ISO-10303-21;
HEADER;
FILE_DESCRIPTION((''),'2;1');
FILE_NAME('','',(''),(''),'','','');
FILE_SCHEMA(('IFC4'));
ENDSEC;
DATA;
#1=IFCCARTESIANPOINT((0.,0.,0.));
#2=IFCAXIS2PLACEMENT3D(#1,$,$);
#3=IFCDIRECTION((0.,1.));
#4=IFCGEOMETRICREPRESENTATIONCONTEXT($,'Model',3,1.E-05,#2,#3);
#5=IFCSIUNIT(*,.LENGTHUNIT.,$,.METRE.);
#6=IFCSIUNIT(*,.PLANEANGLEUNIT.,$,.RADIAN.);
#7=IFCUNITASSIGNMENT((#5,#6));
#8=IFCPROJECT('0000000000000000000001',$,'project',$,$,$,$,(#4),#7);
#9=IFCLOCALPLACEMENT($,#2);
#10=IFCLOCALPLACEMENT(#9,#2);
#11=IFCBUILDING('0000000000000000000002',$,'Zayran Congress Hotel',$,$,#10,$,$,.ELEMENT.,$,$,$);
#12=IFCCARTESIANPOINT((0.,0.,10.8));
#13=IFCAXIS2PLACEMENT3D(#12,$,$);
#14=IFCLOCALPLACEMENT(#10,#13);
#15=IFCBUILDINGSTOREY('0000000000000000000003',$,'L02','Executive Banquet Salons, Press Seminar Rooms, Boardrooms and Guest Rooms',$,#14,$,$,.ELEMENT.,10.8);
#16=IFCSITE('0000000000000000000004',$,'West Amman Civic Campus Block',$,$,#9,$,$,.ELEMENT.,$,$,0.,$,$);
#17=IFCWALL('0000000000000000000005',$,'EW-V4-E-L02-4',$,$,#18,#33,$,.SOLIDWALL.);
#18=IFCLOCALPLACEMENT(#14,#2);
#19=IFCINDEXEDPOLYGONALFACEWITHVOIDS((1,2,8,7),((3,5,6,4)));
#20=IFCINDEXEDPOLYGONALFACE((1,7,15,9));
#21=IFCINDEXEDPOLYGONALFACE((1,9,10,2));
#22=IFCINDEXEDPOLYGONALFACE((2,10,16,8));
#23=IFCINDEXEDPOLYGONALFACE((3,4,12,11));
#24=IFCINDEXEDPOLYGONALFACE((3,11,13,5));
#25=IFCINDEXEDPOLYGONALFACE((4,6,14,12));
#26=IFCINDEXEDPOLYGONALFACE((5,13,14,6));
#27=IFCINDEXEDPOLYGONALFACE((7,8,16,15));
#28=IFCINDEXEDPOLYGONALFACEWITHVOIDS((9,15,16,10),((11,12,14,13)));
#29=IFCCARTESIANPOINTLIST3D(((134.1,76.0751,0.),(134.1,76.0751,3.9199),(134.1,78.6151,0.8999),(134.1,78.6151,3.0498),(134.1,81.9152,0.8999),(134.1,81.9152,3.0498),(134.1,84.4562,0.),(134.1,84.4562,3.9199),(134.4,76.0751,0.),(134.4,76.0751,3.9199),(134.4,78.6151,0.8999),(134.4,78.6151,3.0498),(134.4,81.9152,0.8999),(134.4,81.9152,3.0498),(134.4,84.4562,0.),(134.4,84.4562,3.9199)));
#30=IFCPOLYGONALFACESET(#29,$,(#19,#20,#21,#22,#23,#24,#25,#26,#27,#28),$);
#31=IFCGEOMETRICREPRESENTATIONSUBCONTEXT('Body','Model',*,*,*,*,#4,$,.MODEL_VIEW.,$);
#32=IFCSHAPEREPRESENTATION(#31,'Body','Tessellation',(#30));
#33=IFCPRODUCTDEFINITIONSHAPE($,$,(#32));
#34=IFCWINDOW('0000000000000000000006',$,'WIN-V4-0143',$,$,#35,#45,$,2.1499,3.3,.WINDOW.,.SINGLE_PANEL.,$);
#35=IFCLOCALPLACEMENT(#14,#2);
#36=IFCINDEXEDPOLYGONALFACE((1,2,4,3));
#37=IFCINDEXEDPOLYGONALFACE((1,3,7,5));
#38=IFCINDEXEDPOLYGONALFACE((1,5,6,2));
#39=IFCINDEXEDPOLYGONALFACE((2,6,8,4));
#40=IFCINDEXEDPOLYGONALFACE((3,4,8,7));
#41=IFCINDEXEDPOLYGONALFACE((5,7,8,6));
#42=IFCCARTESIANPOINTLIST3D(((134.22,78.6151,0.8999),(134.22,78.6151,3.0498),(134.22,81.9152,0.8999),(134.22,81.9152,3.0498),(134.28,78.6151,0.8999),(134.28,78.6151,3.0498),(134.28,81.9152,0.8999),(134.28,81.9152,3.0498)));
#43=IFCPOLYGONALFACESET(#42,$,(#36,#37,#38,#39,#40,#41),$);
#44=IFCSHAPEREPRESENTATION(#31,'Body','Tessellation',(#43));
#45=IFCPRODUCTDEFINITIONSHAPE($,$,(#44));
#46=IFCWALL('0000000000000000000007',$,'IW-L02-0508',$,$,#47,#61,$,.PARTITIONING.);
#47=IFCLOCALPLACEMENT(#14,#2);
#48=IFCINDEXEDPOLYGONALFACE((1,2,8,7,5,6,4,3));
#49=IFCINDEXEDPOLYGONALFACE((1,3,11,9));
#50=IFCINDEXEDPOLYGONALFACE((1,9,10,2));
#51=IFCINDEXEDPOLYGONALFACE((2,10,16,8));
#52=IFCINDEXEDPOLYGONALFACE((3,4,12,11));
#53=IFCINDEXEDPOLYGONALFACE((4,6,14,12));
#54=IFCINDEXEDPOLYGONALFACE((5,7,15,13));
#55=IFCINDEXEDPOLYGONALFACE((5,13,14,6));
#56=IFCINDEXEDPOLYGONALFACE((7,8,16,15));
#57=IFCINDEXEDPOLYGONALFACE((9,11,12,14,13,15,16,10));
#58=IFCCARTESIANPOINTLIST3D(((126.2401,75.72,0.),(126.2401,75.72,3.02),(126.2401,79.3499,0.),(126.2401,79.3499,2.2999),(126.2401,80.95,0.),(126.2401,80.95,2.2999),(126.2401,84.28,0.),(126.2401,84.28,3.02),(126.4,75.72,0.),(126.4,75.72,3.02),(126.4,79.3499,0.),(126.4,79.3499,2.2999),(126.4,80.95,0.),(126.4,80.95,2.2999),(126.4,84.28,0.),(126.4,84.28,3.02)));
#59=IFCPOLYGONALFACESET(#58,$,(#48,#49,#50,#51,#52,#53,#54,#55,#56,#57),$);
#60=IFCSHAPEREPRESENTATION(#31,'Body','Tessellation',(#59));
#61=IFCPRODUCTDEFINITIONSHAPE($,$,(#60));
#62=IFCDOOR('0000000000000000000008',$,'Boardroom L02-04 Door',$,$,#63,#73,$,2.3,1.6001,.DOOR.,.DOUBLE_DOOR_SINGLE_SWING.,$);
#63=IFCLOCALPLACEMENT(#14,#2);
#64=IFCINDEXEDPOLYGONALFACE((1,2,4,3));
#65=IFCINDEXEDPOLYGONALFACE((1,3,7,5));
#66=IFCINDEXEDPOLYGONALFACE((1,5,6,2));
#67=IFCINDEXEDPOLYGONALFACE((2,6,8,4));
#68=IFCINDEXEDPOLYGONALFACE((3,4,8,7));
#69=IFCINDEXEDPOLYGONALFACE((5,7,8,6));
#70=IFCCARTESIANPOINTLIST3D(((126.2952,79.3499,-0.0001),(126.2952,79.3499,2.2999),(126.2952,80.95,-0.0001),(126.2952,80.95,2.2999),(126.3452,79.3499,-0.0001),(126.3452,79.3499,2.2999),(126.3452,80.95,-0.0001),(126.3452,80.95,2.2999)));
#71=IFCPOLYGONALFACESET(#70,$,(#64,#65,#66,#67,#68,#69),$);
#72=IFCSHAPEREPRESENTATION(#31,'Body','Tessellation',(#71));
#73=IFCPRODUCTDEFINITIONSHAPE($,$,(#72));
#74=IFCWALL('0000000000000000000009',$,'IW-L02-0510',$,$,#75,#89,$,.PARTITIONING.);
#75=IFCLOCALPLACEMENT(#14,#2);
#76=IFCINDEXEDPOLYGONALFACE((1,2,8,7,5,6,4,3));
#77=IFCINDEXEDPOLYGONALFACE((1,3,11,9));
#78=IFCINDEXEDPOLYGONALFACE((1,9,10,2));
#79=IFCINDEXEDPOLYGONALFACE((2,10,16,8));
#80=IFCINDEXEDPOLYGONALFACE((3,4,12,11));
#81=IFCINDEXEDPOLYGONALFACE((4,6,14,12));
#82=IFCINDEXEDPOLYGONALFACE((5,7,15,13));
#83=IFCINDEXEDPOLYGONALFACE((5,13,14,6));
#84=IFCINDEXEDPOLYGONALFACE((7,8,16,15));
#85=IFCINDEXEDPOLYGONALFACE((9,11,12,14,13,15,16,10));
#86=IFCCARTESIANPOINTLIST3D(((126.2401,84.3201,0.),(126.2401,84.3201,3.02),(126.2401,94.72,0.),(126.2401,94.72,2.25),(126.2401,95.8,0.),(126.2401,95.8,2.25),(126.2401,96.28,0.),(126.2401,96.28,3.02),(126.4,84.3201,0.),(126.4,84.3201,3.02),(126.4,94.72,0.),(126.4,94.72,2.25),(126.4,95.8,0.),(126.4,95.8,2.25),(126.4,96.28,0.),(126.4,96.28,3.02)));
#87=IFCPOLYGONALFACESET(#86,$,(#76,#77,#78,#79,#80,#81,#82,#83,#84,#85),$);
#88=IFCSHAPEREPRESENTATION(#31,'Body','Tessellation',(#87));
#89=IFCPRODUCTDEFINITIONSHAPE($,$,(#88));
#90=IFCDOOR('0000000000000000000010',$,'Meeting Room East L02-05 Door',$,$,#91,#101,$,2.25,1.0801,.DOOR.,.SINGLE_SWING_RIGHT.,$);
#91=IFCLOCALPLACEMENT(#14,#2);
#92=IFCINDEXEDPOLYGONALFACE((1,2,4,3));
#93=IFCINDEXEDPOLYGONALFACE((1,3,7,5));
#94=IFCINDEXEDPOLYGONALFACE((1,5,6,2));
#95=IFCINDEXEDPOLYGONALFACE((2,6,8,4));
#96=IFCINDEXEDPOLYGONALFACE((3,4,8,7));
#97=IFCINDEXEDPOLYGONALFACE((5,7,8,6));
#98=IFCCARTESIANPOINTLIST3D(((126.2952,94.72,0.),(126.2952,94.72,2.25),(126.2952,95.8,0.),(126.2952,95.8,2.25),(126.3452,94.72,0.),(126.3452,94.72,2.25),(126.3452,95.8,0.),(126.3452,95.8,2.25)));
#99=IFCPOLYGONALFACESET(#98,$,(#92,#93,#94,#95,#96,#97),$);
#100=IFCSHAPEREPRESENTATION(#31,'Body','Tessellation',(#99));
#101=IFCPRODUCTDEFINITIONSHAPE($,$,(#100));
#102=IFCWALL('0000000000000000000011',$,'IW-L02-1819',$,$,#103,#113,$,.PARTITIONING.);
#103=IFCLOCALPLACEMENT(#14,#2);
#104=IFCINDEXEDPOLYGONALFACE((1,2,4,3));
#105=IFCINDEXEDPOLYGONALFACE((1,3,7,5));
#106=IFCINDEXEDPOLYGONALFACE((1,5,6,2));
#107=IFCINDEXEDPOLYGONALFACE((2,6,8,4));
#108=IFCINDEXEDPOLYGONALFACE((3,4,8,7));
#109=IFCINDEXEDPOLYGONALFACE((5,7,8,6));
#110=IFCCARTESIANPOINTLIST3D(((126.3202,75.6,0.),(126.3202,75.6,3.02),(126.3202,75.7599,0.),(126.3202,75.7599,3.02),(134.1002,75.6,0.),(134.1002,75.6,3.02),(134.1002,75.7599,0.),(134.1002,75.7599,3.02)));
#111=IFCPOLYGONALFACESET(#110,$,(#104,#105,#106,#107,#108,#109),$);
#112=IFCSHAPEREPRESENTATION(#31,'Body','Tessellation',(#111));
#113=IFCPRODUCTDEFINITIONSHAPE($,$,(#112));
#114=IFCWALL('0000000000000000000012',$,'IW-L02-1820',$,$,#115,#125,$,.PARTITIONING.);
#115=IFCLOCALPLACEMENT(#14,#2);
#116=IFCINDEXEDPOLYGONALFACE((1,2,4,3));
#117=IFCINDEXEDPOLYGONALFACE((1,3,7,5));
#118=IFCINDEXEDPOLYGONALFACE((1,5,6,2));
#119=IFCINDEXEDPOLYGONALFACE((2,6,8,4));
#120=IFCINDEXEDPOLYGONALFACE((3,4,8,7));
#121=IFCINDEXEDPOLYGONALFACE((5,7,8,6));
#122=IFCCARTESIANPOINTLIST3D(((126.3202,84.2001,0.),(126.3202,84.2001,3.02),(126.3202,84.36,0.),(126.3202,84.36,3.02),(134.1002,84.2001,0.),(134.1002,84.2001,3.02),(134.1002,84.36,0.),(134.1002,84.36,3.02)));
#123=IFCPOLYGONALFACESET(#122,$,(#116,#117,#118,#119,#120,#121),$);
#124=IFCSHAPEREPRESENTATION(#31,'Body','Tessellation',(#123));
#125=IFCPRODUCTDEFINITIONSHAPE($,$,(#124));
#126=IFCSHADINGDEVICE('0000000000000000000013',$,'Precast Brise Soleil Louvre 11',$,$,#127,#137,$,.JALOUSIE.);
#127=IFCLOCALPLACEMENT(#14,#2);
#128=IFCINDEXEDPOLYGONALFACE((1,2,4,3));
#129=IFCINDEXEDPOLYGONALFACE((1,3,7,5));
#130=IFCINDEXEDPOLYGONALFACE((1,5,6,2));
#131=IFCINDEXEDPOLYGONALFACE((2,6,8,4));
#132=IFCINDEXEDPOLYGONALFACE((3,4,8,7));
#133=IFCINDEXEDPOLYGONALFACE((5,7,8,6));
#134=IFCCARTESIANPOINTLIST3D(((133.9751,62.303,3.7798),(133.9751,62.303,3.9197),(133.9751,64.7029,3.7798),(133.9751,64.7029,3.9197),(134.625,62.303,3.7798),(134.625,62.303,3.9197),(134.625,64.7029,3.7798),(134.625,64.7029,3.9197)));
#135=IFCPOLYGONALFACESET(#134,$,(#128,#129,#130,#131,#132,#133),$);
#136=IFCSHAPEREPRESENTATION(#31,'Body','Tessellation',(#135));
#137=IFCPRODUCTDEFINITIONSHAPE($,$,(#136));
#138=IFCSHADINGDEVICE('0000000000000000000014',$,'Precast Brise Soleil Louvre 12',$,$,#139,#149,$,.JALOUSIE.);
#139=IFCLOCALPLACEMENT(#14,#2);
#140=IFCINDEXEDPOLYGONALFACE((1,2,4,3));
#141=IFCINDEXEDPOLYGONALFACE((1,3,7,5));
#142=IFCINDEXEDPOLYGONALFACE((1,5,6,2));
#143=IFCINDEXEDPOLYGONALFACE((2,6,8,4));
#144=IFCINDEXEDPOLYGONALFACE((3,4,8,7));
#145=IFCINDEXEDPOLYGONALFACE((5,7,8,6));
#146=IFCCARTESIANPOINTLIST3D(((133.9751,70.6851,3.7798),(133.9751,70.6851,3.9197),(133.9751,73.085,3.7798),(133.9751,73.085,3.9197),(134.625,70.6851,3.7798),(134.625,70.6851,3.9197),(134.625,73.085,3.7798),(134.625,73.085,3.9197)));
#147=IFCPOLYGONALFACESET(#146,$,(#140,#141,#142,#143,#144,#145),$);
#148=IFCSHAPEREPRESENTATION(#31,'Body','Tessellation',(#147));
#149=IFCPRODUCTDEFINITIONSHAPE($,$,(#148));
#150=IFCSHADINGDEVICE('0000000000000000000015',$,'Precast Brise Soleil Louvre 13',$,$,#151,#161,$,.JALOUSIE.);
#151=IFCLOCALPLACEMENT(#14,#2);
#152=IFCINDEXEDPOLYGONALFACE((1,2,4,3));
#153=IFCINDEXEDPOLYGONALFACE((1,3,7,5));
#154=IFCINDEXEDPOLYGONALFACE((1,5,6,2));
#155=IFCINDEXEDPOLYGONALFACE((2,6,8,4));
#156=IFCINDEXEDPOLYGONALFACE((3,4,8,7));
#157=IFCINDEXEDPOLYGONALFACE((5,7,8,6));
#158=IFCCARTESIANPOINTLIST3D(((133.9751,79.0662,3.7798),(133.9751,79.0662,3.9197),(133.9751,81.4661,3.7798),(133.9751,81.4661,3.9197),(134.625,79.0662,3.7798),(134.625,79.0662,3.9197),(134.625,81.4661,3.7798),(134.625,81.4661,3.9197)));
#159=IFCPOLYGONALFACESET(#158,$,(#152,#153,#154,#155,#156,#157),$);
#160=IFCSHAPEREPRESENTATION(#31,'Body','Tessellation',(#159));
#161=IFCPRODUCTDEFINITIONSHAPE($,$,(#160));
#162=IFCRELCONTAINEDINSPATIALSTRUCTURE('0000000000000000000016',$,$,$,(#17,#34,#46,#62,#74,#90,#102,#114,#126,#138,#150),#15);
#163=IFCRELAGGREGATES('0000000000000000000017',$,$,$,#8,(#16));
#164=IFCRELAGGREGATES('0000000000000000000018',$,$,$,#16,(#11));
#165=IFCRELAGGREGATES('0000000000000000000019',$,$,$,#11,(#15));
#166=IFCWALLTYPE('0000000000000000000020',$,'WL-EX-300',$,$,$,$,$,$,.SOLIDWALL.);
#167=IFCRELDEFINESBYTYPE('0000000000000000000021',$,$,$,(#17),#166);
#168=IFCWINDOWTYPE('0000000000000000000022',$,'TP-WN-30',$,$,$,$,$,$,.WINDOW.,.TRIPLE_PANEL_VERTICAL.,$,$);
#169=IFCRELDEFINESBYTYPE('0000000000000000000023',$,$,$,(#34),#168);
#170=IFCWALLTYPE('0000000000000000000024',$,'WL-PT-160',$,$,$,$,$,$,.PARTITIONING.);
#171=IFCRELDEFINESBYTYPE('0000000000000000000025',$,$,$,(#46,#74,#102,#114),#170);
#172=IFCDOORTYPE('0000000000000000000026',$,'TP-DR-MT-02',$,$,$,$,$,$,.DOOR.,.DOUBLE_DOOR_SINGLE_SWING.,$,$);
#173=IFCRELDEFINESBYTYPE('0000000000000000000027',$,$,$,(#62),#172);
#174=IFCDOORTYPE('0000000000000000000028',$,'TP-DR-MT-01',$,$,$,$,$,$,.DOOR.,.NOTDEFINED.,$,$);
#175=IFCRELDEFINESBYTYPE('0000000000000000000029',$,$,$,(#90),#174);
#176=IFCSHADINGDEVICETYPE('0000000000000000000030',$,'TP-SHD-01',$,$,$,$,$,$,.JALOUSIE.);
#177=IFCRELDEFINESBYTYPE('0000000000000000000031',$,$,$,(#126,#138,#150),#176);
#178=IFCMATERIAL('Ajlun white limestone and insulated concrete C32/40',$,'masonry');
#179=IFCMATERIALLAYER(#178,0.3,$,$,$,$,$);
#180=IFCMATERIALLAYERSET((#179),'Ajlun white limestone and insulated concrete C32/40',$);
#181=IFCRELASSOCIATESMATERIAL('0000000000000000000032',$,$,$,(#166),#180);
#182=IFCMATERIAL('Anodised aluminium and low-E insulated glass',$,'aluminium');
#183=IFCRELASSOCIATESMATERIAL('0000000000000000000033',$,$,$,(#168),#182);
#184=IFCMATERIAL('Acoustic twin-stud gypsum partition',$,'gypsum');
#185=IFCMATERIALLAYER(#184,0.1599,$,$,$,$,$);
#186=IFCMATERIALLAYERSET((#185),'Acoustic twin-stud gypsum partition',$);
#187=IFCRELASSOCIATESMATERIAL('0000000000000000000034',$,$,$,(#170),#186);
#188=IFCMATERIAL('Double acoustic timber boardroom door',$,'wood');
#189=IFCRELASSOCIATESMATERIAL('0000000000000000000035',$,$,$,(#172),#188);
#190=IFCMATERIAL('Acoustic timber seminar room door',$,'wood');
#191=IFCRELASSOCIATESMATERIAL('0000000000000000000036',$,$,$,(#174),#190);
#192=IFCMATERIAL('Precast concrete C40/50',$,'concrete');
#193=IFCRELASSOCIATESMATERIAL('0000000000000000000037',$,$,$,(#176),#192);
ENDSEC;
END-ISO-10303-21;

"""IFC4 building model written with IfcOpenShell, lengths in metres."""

from ifc_helpers import new_model, si_unit, direction, frame, frame_2d, origin, origin_2d, place, context, subcontext, project, spatial, rectangle, extrude, material, layer, layer_set, type_object, element, fill, save


model = new_model("IFC4")

# Units and contexts
model_context = context("Model", 3, precision=1e-05, world=origin(), true_north=direction((0.0, 1.0)))
body_context = subcontext(model_context, "Body", "Model", "MODEL_VIEW")
ifc_project = project(units=[si_unit("LENGTHUNIT", "METRE"), si_unit("PLANEANGLEUNIT", "RADIAN")], contexts=[model_context])

# Site, building, storey
site_placement = place(None, origin())
site = spatial("IfcSite", under=ifc_project, at=site_placement, Name="West Amman Civic Campus Block", CompositionType="ELEMENT", RefElevation=0.0)
building_placement = place(site_placement, origin())
building = spatial("IfcBuilding", under=site, at=building_placement, Name="Zayran Congress Hotel", CompositionType="ELEMENT")
storey_placement = place(building_placement, frame((0.0, 0.0, 10.8)))
storey = spatial("IfcBuildingStorey", under=building, at=storey_placement, Name="L02", Description="Executive Banquet Salons, Press Seminar Rooms, Boardrooms and Guest Rooms", CompositionType="ELEMENT", Elevation=10.8)

# Shared definitions
ifc_material_1 = material(Name="Anodised aluminium and low-E insulated glass", Category="aluminium")

# Wall, opening, window
ifc_material_2 = material(Name="Ajlun white limestone and insulated concrete C32/40", Category="masonry")
ifc_layer_1 = layer(ifc_material_2, 0.3)
ifc_layer_set_1 = layer_set([ifc_layer_1], Name="Ajlun white limestone and insulated concrete C32/40")
wall_type_1 = type_object("IfcWallType", Name="WL-EX-300", PredefinedType="SOLIDWALL", material=ifc_layer_set_1)
wall_1_placement = place(storey_placement, frame((134.25, 84.4561, 0.0), z_axis=(0.0, 0.0, 1.0), x_axis=(0.0, -1.0, 0.0)))
wall_1 = element("IfcWall", 1, at=wall_1_placement, inside=storey, type_object=wall_type_1, Name="EW-V4-E-L02-4", PredefinedType="SOLIDWALL", context=body_context, shape_type="SweptSolid", body=[
    extrude(rectangle(XDim=8.3811, YDim=0.3, at=frame_2d((4.1904, 0.0))), origin(), (0.0, 0.0, 1.0), 3.9199),
])
opening_1_placement = place(wall_1_placement, frame((2.541, 0.0, 0.8999)))
opening_1 = element("IfcOpeningElement", 2, at=opening_1_placement, cuts=wall_1, PredefinedType="OPENING", context=body_context, shape_type="SweptSolid", body=[
    extrude(rectangle(XDim=3.3, YDim=2.1499, at=frame_2d((1.6499, 1.075))), frame((0.0, 0.1599, 0.0), z_axis=(0.0, -1.0, 0.0), x_axis=(1.0, 0.0, 0.0)), (0.0, 0.0, 1.0), 0.3201),
])
window_type_1 = type_object("IfcWindowType", Name="TP-WN-30", PartitioningType="TRIPLE_PANEL_VERTICAL", PredefinedType="WINDOW", material=ifc_material_1)
window_1_placement = place(opening_1_placement, origin())
window_1 = element("IfcWindow", 3, at=window_1_placement, inside=storey, type_object=window_type_1, Name="WIN-V4-0143", OverallHeight=2.1499, OverallWidth=3.3, PartitioningType="SINGLE_PANEL", PredefinedType="WINDOW", context=body_context, shape_type="SweptSolid", body=[
    extrude(rectangle(XDim=3.3, YDim=2.1499, at=frame_2d((1.6499, 1.075))), frame((0.0, 0.03, 0.0), z_axis=(0.0, -1.0, 0.0), x_axis=(1.0, 0.0, 0.0)), (0.0, 0.0, 1.0), 0.0601),
])
fill(opening_1, window_1)

# Walls, openings, doors
ifc_material_3 = material(Name="Acoustic twin-stud gypsum partition", Category="gypsum")
ifc_layer_2 = layer(ifc_material_3, 0.1599)
ifc_layer_set_2 = layer_set([ifc_layer_2], Name="Acoustic twin-stud gypsum partition")
wall_type_2 = type_object("IfcWallType", Name="WL-PT-160", PredefinedType="PARTITIONING", material=ifc_layer_set_2)
wall_2_placement = place(storey_placement, frame((126.3201, 75.72, 0.0), z_axis=(0.0, 0.0, 1.0), x_axis=(0.0, 1.0, 0.0)))
wall_2 = element("IfcWall", 4, at=wall_2_placement, inside=storey, type_object=wall_type_2, Name="IW-L02-0508", PredefinedType="PARTITIONING", context=body_context, shape_type="SweptSolid", body=[
    extrude(rectangle(XDim=8.5601, YDim=0.1599, at=frame_2d((4.28, 0.0))), origin(), (0.0, 0.0, 1.0), 3.02),
])
opening_2_placement = place(wall_2_placement, frame((3.6299, 0.0, 0.0)))
opening_2 = element("IfcOpeningElement", 5, at=opening_2_placement, cuts=wall_2, PredefinedType="OPENING", context=body_context, shape_type="SweptSolid", body=[
    extrude(rectangle(XDim=1.6001, YDim=2.3, at=frame_2d((0.8, 1.1499))), frame((0.0, 0.0898, 0.0), z_axis=(0.0, -1.0, 0.0), x_axis=(1.0, 0.0, 0.0)), (0.0, 0.0, 1.0), 0.1799),
])
ifc_material_4 = material(Name="Double acoustic timber boardroom door", Category="wood")
door_type_1 = type_object("IfcDoorType", Name="TP-DR-MT-02", OperationType="DOUBLE_DOOR_SINGLE_SWING", PredefinedType="DOOR", material=ifc_material_4)
door_1_placement = place(opening_2_placement, origin())
door_1 = element("IfcDoor", 6, at=door_1_placement, inside=storey, type_object=door_type_1, Name="Boardroom L02-04 Door", OperationType="DOUBLE_DOOR_SINGLE_SWING", OverallHeight=2.3, OverallWidth=1.6001, PredefinedType="DOOR", context=body_context, shape_type="SweptSolid", body=[
    extrude(rectangle(XDim=1.6001, YDim=2.3, at=frame_2d((0.8, 1.1499))), frame((0.0, 0.0249, 0.0), z_axis=(0.0, -1.0, 0.0), x_axis=(1.0, 0.0, 0.0)), (0.0, 0.0, 1.0), 0.05),
])
fill(opening_2, door_1)
wall_3_placement = place(storey_placement, frame((126.3201, 84.3201, 0.0), z_axis=(0.0, 0.0, 1.0), x_axis=(0.0, 1.0, 0.0)))
wall_3 = element("IfcWall", 7, at=wall_3_placement, inside=storey, type_object=wall_type_2, Name="IW-L02-0510", PredefinedType="PARTITIONING", context=body_context, shape_type="SweptSolid", body=[
    extrude(rectangle(XDim=11.96, YDim=0.1599, at=frame_2d((5.98, 0.0))), origin(), (0.0, 0.0, 1.0), 3.02),
])
opening_3_placement = place(wall_3_placement, frame((10.3999, 0.0, 0.0)))
opening_3 = element("IfcOpeningElement", 8, at=opening_3_placement, cuts=wall_3, PredefinedType="OPENING", context=body_context, shape_type="SweptSolid", body=[
    extrude(rectangle(XDim=1.0801, YDim=2.25, at=frame_2d((0.54, 1.125))), frame((0.0, 0.0898, 0.0), z_axis=(0.0, -1.0, 0.0), x_axis=(1.0, 0.0, 0.0)), (0.0, 0.0, 1.0), 0.1799),
])
ifc_material_5 = material(Name="Acoustic timber seminar room door", Category="wood")
door_type_2 = type_object("IfcDoorType", Name="TP-DR-MT-01", OperationType="NOTDEFINED", PredefinedType="DOOR", material=ifc_material_5)
door_2_placement = place(opening_3_placement, origin())
door_2 = element("IfcDoor", 9, at=door_2_placement, inside=storey, type_object=door_type_2, Name="Meeting Room East L02-05 Door", OperationType="SINGLE_SWING_RIGHT", OverallHeight=2.25, OverallWidth=1.0801, PredefinedType="DOOR", context=body_context, shape_type="SweptSolid", body=[
    extrude(rectangle(XDim=1.0801, YDim=2.25, at=frame_2d((0.54, 1.125))), frame((0.0, 0.0249, 0.0), z_axis=(0.0, -1.0, 0.0), x_axis=(1.0, 0.0, 0.0)), (0.0, 0.0, 1.0), 0.05),
])
fill(opening_3, door_2)

# Walls
for number, where, z_axis, x_axis, name in (
    (10, (126.3201, 75.6799, 0.0), (0.0, 0.0, 1.0), (1.0, 0.0, 0.0), "IW-L02-1819"),
    (11, (126.3201, 84.28, 0.0), (0.0, 0.0, 1.0), (1.0, 0.0, 0.0), "IW-L02-1820"),
):
    element("IfcWall", number, at=place(storey_placement, frame(where, z_axis=z_axis, x_axis=x_axis)), inside=storey, type_object=wall_type_2, Name=name, PredefinedType="PARTITIONING", context=body_context, shape_type="SweptSolid", body=[
        extrude(rectangle(XDim=7.78, YDim=0.1599, at=frame_2d((3.8901, 0.0))), origin(), (0.0, 0.0, 1.0), 3.02),
    ])

# Shading devices
ifc_material_6 = material(Name="Precast concrete C40/50", Category="concrete")
shading_device_type = type_object("IfcShadingDeviceType", Name="TP-SHD-01", PredefinedType="JALOUSIE", material=ifc_material_6)
for number, where, z_axis, x_axis, name in (
    (12, (134.3, 63.5029, 3.7798), (0.0, 0.0, 1.0), (0.0, 1.0, 0.0), "Precast Brise Soleil Louvre 11"),
    (13, (134.3, 71.885, 3.7798), (0.0, 0.0, 1.0), (0.0, 1.0, 0.0), "Precast Brise Soleil Louvre 12"),
    (14, (134.3, 80.2661, 3.7798), (0.0, 0.0, 1.0), (0.0, 1.0, 0.0), "Precast Brise Soleil Louvre 13"),
):
    element("IfcShadingDevice", number, at=place(storey_placement, frame(where, z_axis=z_axis, x_axis=x_axis)), inside=storey, type_object=shading_device_type, Name=name, PredefinedType="JALOUSIE", context=body_context, shape_type="SweptSolid", body=[
        extrude(rectangle(XDim=2.3999, YDim=0.6499, at=origin_2d()), origin(), (0.0, 0.0, 1.0), 0.1399),
    ])

save(model, "model.ifc")
